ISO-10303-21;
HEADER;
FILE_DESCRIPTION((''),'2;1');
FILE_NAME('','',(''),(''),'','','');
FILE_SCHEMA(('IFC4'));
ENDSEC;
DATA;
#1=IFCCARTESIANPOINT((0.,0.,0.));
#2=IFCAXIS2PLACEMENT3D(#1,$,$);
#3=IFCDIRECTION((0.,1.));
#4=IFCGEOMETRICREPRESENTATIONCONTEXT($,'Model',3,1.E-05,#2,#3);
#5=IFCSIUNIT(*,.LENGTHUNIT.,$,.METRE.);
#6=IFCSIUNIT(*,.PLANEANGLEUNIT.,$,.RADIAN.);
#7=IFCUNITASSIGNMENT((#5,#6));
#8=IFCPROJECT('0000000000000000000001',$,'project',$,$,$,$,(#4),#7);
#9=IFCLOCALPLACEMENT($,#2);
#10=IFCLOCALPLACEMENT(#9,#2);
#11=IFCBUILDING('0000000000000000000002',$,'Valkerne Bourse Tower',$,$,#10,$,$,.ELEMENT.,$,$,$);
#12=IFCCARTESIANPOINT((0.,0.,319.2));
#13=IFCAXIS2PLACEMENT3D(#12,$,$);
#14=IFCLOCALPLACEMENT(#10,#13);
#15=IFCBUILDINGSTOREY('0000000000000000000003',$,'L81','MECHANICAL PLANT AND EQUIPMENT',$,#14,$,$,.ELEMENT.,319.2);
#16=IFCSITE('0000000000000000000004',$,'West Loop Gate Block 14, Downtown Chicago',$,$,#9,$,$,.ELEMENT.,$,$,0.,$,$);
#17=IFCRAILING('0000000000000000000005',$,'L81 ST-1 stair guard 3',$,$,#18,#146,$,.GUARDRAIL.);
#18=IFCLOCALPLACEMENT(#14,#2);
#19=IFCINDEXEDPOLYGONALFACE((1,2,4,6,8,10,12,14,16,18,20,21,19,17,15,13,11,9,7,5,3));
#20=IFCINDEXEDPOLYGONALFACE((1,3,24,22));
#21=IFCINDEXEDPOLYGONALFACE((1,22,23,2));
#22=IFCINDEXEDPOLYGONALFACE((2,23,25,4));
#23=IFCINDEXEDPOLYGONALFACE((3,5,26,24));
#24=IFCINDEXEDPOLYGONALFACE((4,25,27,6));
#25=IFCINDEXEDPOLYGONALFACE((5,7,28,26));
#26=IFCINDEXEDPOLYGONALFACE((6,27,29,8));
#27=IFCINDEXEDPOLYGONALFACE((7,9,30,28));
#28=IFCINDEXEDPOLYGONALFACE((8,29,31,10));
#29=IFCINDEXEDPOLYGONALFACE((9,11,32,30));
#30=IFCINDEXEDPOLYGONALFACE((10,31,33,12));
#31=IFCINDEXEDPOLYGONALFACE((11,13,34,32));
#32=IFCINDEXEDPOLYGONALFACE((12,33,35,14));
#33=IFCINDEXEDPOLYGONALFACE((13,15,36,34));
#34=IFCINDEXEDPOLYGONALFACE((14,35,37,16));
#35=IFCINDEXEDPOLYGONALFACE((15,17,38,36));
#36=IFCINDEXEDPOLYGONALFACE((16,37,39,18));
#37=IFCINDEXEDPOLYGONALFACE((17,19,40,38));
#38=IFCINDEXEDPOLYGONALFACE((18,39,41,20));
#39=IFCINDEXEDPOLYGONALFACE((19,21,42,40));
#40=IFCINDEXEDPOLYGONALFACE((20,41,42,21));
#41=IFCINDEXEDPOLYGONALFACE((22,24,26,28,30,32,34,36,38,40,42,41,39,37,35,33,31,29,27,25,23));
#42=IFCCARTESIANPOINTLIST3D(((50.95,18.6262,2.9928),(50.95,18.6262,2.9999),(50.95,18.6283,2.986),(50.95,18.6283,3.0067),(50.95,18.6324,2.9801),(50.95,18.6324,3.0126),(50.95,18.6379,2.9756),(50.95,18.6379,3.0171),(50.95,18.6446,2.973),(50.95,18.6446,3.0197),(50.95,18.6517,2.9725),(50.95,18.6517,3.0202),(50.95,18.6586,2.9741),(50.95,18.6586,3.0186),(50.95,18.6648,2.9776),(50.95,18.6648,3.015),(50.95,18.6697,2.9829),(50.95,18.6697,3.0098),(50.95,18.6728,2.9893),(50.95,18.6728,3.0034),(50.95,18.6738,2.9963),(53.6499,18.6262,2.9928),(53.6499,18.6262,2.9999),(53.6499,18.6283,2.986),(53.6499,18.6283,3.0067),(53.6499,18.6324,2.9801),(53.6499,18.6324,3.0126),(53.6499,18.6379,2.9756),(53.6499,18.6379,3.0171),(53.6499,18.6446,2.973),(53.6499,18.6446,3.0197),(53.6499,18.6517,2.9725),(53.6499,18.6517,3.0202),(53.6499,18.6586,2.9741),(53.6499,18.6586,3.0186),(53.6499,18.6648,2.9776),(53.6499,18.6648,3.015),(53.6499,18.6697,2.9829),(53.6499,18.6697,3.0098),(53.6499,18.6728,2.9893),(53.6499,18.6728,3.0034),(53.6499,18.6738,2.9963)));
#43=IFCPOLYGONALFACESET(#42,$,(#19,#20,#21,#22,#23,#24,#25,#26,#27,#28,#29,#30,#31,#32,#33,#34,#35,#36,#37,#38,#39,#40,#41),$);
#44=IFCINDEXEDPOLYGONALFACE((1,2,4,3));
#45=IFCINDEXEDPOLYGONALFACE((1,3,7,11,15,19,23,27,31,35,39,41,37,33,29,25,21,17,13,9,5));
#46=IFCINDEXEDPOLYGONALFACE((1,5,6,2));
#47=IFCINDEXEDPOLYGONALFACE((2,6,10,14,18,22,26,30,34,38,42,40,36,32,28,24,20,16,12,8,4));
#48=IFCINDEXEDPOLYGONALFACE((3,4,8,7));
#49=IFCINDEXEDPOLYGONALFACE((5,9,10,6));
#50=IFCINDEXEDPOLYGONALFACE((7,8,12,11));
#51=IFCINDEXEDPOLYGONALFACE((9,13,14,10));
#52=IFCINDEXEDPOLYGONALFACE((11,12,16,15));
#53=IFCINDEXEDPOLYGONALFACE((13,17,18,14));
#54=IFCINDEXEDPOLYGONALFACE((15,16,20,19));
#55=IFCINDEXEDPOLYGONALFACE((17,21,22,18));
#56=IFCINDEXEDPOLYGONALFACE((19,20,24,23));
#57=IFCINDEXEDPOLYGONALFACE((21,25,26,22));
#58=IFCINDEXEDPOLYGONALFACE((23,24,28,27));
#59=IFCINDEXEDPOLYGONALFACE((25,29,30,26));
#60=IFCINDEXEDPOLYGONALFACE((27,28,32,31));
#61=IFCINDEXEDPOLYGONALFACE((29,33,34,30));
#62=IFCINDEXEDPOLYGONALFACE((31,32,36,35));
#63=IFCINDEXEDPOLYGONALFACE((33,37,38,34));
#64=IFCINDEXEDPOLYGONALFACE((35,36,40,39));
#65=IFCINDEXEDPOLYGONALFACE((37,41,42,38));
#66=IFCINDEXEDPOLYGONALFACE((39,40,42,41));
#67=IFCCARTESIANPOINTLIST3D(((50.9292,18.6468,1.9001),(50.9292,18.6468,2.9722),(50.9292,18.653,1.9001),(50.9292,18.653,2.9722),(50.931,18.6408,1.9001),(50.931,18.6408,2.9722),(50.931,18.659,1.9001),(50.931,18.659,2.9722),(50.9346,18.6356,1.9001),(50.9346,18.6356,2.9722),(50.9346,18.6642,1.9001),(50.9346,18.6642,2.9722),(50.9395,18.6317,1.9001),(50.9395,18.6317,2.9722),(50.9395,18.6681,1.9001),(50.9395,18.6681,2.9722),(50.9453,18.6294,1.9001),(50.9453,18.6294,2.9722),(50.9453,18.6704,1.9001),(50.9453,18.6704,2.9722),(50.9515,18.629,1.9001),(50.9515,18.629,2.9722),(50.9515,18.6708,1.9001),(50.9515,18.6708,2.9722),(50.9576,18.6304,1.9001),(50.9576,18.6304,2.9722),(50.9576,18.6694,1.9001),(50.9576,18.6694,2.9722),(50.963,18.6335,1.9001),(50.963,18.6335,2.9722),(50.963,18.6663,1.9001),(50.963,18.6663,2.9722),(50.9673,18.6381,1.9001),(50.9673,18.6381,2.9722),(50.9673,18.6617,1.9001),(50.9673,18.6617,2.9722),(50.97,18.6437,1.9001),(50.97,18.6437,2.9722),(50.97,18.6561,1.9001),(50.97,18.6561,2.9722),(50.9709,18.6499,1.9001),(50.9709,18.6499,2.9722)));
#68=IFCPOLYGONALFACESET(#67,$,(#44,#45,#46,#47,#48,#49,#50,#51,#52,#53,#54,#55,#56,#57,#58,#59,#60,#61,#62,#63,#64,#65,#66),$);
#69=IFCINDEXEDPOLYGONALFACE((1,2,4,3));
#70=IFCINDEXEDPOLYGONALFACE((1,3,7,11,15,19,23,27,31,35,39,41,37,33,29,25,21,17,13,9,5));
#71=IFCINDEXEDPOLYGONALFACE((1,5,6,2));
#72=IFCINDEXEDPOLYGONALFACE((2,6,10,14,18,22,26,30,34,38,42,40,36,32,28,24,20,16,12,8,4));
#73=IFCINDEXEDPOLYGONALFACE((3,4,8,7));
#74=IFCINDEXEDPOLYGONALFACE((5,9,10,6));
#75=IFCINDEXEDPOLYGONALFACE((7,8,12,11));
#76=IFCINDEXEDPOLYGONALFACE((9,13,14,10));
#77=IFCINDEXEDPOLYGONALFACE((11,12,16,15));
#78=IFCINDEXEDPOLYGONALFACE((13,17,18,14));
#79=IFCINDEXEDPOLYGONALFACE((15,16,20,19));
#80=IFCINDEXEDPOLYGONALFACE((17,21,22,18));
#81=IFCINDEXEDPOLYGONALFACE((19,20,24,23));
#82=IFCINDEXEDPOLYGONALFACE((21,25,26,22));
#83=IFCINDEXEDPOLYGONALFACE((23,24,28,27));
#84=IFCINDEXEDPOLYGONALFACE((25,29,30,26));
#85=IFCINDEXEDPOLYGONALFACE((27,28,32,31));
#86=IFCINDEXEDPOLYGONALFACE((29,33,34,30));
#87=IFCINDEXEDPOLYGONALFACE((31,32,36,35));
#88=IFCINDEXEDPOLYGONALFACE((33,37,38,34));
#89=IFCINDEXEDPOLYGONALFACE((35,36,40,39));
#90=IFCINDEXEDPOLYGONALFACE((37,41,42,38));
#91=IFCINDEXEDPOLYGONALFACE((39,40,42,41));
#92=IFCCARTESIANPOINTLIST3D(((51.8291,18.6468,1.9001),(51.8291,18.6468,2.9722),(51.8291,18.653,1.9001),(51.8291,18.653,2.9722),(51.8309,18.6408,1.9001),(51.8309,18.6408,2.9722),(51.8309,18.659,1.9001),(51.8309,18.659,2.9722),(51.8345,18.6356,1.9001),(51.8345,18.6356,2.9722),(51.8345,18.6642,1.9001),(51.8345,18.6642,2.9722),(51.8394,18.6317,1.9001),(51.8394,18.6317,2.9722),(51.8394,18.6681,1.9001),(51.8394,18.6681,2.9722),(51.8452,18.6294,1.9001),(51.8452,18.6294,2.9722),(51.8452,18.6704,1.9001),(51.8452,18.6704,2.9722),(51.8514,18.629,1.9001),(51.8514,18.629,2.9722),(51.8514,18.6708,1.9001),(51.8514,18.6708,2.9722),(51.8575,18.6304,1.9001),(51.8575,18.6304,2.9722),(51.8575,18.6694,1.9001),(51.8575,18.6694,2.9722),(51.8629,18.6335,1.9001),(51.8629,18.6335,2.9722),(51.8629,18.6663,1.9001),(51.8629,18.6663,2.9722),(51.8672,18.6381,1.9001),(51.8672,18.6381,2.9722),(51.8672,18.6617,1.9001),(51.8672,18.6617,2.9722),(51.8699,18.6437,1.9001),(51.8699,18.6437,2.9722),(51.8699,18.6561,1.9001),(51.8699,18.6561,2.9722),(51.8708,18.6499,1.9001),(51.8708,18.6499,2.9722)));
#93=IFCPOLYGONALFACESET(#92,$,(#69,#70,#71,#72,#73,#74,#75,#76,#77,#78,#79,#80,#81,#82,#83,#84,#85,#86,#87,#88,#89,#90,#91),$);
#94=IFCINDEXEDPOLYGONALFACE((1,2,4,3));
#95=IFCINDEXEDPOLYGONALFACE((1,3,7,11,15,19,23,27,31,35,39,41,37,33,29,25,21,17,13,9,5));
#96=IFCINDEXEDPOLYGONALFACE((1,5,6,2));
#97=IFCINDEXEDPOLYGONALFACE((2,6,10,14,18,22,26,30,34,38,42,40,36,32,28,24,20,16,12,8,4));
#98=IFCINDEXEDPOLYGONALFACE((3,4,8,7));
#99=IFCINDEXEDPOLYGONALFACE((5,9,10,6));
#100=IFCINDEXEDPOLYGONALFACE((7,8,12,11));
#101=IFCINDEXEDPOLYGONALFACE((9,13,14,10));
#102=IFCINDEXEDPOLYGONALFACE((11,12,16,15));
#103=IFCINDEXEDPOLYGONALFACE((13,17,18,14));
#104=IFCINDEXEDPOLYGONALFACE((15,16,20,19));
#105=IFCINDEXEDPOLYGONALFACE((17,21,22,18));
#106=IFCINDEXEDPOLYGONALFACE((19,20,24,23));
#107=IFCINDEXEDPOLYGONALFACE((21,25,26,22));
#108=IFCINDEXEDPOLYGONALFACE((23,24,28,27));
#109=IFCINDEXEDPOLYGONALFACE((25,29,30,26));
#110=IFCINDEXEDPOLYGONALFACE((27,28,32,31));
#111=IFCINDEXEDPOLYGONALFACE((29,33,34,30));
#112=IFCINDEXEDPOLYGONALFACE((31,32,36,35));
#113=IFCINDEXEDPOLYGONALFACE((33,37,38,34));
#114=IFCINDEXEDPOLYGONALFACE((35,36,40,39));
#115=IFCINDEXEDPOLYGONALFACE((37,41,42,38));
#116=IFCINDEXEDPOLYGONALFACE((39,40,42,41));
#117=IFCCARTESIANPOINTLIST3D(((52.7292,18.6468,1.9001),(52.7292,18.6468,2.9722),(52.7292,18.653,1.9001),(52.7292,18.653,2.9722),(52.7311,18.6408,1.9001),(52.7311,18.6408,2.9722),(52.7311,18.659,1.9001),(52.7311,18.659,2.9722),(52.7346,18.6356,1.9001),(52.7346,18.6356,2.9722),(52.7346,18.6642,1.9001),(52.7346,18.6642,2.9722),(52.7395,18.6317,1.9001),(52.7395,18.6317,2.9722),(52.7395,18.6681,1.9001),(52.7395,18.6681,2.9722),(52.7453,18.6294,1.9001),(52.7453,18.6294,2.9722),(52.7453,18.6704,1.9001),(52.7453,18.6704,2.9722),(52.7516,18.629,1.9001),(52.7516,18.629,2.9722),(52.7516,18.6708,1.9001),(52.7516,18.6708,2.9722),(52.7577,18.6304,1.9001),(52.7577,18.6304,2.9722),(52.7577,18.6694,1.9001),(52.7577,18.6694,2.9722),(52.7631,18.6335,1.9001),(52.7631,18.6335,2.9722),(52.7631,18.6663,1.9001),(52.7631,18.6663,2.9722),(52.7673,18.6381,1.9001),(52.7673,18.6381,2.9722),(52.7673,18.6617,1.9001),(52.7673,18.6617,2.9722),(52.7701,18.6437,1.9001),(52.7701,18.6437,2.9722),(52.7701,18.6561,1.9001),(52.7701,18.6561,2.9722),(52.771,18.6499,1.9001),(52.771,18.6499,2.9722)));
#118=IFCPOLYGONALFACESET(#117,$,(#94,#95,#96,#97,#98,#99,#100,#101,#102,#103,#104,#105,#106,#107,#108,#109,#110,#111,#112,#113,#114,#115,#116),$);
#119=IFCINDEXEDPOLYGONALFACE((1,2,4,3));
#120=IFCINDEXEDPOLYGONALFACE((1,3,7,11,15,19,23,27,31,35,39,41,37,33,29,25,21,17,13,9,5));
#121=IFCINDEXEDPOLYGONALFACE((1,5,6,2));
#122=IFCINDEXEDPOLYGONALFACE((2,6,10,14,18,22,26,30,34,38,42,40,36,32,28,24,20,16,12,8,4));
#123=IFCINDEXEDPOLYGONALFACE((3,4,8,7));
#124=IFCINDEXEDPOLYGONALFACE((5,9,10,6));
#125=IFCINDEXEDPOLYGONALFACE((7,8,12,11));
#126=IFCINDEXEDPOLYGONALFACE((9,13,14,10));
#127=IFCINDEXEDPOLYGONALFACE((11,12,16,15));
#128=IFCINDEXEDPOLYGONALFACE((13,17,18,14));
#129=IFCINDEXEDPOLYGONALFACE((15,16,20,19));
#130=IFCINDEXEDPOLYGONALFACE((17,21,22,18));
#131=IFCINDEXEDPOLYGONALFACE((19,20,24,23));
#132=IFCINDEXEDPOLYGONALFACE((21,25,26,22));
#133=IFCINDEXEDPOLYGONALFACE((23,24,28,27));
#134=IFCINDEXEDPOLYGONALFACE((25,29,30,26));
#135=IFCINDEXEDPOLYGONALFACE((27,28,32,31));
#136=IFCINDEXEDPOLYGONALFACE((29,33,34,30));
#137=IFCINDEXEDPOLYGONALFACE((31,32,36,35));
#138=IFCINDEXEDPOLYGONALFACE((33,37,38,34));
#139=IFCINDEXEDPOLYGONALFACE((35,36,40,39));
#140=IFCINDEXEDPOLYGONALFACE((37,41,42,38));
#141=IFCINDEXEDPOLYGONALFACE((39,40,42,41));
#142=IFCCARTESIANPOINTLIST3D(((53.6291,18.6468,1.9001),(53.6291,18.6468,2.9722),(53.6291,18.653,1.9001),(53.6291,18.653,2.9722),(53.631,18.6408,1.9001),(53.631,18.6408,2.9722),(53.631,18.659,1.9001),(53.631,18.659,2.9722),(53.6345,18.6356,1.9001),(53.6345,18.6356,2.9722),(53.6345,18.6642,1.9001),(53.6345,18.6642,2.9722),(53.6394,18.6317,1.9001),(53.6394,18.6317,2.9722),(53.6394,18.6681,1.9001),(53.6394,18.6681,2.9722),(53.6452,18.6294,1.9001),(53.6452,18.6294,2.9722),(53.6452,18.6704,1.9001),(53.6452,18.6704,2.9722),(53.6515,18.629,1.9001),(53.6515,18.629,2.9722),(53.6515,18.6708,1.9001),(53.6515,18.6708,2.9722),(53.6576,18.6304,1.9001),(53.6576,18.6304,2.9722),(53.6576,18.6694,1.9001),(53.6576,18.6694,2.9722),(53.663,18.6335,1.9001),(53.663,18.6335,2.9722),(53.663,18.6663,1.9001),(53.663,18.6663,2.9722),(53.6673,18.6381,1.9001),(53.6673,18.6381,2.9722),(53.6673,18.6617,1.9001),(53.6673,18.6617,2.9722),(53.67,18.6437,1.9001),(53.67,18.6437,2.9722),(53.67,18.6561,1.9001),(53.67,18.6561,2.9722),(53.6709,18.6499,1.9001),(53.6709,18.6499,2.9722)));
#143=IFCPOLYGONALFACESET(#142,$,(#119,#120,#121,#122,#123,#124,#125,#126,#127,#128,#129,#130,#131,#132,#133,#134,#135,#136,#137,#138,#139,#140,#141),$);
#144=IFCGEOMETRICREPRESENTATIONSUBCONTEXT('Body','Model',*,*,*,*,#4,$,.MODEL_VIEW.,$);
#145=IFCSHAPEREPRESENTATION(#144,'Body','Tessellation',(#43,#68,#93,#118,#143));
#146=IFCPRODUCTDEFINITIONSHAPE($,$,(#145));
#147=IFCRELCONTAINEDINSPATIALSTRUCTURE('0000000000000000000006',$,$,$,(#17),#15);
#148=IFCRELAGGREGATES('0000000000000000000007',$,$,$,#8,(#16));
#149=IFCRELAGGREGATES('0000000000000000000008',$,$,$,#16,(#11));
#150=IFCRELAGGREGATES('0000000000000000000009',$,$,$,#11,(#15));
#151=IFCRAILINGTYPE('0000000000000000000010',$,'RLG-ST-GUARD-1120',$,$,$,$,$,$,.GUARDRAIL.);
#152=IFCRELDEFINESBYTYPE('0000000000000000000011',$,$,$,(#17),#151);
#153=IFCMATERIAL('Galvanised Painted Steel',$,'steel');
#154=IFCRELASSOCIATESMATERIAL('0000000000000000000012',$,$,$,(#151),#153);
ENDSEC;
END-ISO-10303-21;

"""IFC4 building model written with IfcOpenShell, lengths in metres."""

from ifc_helpers import new_model, si_unit, direction, frame, origin, origin_2d, place, context, subcontext, project, spatial, circle, extrude, material, type_object, element, save


model = new_model("IFC4")

# Units and contexts
model_context = context("Model", 3, precision=1e-05, world=origin(), true_north=direction((0.0, 1.0)))
body_context = subcontext(model_context, "Body", "Model", "MODEL_VIEW")
ifc_project = project(units=[si_unit("LENGTHUNIT", "METRE"), si_unit("PLANEANGLEUNIT", "RADIAN")], contexts=[model_context])

# Site, building, storey
site_placement = place(None, origin())
site = spatial("IfcSite", under=ifc_project, at=site_placement, Name="West Loop Gate Block 14, Downtown Chicago", CompositionType="ELEMENT", RefElevation=0.0)
building_placement = place(site_placement, origin())
building = spatial("IfcBuilding", under=site, at=building_placement, Name="Valkerne Bourse Tower", CompositionType="ELEMENT")
storey_placement = place(building_placement, frame((0.0, 0.0, 319.2)))
storey = spatial("IfcBuildingStorey", under=building, at=storey_placement, Name="L81", Description="MECHANICAL PLANT AND EQUIPMENT", CompositionType="ELEMENT", Elevation=319.2)

# Railing
ifc_material_1 = material(Name="Galvanised Painted Steel", Category="steel")
railing_type_1 = type_object("IfcRailingType", Name="RLG-ST-GUARD-1120", PredefinedType="GUARDRAIL", material=ifc_material_1)
for number, where, name in (
    (1, (50.95, 18.6499, 1.9001), "L81 ST-1 stair guard 3"),
):
    element("IfcRailing", number, at=place(storey_placement, frame(where)), inside=storey, type_object=railing_type_1, Name=name, PredefinedType="GUARDRAIL", context=body_context, shape_type="SweptSolid", body=[
        extrude(circle(Radius=0.0239, at=origin_2d()), frame((0.0, 0.0, 1.0962), z_axis=(1.0, 0.0, 0.0), x_axis=(0.0, 1.0, 0.0)), (0.0, 0.0, 1.0), 2.7),
        extrude(circle(Radius=0.021, at=origin_2d()), origin(), (0.0, 0.0, 1.0), 1.072),
        extrude(circle(Radius=0.021, at=origin_2d()), frame((0.8999, 0.0, 0.0)), (0.0, 0.0, 1.0), 1.072),
        extrude(circle(Radius=0.021, at=origin_2d()), frame((1.8, 0.0, 0.0)), (0.0, 0.0, 1.0), 1.072),
        extrude(circle(Radius=0.021, at=origin_2d()), frame((2.7, 0.0, 0.0)), (0.0, 0.0, 1.0), 1.072),
    ])

save(model, "model.ifc")
